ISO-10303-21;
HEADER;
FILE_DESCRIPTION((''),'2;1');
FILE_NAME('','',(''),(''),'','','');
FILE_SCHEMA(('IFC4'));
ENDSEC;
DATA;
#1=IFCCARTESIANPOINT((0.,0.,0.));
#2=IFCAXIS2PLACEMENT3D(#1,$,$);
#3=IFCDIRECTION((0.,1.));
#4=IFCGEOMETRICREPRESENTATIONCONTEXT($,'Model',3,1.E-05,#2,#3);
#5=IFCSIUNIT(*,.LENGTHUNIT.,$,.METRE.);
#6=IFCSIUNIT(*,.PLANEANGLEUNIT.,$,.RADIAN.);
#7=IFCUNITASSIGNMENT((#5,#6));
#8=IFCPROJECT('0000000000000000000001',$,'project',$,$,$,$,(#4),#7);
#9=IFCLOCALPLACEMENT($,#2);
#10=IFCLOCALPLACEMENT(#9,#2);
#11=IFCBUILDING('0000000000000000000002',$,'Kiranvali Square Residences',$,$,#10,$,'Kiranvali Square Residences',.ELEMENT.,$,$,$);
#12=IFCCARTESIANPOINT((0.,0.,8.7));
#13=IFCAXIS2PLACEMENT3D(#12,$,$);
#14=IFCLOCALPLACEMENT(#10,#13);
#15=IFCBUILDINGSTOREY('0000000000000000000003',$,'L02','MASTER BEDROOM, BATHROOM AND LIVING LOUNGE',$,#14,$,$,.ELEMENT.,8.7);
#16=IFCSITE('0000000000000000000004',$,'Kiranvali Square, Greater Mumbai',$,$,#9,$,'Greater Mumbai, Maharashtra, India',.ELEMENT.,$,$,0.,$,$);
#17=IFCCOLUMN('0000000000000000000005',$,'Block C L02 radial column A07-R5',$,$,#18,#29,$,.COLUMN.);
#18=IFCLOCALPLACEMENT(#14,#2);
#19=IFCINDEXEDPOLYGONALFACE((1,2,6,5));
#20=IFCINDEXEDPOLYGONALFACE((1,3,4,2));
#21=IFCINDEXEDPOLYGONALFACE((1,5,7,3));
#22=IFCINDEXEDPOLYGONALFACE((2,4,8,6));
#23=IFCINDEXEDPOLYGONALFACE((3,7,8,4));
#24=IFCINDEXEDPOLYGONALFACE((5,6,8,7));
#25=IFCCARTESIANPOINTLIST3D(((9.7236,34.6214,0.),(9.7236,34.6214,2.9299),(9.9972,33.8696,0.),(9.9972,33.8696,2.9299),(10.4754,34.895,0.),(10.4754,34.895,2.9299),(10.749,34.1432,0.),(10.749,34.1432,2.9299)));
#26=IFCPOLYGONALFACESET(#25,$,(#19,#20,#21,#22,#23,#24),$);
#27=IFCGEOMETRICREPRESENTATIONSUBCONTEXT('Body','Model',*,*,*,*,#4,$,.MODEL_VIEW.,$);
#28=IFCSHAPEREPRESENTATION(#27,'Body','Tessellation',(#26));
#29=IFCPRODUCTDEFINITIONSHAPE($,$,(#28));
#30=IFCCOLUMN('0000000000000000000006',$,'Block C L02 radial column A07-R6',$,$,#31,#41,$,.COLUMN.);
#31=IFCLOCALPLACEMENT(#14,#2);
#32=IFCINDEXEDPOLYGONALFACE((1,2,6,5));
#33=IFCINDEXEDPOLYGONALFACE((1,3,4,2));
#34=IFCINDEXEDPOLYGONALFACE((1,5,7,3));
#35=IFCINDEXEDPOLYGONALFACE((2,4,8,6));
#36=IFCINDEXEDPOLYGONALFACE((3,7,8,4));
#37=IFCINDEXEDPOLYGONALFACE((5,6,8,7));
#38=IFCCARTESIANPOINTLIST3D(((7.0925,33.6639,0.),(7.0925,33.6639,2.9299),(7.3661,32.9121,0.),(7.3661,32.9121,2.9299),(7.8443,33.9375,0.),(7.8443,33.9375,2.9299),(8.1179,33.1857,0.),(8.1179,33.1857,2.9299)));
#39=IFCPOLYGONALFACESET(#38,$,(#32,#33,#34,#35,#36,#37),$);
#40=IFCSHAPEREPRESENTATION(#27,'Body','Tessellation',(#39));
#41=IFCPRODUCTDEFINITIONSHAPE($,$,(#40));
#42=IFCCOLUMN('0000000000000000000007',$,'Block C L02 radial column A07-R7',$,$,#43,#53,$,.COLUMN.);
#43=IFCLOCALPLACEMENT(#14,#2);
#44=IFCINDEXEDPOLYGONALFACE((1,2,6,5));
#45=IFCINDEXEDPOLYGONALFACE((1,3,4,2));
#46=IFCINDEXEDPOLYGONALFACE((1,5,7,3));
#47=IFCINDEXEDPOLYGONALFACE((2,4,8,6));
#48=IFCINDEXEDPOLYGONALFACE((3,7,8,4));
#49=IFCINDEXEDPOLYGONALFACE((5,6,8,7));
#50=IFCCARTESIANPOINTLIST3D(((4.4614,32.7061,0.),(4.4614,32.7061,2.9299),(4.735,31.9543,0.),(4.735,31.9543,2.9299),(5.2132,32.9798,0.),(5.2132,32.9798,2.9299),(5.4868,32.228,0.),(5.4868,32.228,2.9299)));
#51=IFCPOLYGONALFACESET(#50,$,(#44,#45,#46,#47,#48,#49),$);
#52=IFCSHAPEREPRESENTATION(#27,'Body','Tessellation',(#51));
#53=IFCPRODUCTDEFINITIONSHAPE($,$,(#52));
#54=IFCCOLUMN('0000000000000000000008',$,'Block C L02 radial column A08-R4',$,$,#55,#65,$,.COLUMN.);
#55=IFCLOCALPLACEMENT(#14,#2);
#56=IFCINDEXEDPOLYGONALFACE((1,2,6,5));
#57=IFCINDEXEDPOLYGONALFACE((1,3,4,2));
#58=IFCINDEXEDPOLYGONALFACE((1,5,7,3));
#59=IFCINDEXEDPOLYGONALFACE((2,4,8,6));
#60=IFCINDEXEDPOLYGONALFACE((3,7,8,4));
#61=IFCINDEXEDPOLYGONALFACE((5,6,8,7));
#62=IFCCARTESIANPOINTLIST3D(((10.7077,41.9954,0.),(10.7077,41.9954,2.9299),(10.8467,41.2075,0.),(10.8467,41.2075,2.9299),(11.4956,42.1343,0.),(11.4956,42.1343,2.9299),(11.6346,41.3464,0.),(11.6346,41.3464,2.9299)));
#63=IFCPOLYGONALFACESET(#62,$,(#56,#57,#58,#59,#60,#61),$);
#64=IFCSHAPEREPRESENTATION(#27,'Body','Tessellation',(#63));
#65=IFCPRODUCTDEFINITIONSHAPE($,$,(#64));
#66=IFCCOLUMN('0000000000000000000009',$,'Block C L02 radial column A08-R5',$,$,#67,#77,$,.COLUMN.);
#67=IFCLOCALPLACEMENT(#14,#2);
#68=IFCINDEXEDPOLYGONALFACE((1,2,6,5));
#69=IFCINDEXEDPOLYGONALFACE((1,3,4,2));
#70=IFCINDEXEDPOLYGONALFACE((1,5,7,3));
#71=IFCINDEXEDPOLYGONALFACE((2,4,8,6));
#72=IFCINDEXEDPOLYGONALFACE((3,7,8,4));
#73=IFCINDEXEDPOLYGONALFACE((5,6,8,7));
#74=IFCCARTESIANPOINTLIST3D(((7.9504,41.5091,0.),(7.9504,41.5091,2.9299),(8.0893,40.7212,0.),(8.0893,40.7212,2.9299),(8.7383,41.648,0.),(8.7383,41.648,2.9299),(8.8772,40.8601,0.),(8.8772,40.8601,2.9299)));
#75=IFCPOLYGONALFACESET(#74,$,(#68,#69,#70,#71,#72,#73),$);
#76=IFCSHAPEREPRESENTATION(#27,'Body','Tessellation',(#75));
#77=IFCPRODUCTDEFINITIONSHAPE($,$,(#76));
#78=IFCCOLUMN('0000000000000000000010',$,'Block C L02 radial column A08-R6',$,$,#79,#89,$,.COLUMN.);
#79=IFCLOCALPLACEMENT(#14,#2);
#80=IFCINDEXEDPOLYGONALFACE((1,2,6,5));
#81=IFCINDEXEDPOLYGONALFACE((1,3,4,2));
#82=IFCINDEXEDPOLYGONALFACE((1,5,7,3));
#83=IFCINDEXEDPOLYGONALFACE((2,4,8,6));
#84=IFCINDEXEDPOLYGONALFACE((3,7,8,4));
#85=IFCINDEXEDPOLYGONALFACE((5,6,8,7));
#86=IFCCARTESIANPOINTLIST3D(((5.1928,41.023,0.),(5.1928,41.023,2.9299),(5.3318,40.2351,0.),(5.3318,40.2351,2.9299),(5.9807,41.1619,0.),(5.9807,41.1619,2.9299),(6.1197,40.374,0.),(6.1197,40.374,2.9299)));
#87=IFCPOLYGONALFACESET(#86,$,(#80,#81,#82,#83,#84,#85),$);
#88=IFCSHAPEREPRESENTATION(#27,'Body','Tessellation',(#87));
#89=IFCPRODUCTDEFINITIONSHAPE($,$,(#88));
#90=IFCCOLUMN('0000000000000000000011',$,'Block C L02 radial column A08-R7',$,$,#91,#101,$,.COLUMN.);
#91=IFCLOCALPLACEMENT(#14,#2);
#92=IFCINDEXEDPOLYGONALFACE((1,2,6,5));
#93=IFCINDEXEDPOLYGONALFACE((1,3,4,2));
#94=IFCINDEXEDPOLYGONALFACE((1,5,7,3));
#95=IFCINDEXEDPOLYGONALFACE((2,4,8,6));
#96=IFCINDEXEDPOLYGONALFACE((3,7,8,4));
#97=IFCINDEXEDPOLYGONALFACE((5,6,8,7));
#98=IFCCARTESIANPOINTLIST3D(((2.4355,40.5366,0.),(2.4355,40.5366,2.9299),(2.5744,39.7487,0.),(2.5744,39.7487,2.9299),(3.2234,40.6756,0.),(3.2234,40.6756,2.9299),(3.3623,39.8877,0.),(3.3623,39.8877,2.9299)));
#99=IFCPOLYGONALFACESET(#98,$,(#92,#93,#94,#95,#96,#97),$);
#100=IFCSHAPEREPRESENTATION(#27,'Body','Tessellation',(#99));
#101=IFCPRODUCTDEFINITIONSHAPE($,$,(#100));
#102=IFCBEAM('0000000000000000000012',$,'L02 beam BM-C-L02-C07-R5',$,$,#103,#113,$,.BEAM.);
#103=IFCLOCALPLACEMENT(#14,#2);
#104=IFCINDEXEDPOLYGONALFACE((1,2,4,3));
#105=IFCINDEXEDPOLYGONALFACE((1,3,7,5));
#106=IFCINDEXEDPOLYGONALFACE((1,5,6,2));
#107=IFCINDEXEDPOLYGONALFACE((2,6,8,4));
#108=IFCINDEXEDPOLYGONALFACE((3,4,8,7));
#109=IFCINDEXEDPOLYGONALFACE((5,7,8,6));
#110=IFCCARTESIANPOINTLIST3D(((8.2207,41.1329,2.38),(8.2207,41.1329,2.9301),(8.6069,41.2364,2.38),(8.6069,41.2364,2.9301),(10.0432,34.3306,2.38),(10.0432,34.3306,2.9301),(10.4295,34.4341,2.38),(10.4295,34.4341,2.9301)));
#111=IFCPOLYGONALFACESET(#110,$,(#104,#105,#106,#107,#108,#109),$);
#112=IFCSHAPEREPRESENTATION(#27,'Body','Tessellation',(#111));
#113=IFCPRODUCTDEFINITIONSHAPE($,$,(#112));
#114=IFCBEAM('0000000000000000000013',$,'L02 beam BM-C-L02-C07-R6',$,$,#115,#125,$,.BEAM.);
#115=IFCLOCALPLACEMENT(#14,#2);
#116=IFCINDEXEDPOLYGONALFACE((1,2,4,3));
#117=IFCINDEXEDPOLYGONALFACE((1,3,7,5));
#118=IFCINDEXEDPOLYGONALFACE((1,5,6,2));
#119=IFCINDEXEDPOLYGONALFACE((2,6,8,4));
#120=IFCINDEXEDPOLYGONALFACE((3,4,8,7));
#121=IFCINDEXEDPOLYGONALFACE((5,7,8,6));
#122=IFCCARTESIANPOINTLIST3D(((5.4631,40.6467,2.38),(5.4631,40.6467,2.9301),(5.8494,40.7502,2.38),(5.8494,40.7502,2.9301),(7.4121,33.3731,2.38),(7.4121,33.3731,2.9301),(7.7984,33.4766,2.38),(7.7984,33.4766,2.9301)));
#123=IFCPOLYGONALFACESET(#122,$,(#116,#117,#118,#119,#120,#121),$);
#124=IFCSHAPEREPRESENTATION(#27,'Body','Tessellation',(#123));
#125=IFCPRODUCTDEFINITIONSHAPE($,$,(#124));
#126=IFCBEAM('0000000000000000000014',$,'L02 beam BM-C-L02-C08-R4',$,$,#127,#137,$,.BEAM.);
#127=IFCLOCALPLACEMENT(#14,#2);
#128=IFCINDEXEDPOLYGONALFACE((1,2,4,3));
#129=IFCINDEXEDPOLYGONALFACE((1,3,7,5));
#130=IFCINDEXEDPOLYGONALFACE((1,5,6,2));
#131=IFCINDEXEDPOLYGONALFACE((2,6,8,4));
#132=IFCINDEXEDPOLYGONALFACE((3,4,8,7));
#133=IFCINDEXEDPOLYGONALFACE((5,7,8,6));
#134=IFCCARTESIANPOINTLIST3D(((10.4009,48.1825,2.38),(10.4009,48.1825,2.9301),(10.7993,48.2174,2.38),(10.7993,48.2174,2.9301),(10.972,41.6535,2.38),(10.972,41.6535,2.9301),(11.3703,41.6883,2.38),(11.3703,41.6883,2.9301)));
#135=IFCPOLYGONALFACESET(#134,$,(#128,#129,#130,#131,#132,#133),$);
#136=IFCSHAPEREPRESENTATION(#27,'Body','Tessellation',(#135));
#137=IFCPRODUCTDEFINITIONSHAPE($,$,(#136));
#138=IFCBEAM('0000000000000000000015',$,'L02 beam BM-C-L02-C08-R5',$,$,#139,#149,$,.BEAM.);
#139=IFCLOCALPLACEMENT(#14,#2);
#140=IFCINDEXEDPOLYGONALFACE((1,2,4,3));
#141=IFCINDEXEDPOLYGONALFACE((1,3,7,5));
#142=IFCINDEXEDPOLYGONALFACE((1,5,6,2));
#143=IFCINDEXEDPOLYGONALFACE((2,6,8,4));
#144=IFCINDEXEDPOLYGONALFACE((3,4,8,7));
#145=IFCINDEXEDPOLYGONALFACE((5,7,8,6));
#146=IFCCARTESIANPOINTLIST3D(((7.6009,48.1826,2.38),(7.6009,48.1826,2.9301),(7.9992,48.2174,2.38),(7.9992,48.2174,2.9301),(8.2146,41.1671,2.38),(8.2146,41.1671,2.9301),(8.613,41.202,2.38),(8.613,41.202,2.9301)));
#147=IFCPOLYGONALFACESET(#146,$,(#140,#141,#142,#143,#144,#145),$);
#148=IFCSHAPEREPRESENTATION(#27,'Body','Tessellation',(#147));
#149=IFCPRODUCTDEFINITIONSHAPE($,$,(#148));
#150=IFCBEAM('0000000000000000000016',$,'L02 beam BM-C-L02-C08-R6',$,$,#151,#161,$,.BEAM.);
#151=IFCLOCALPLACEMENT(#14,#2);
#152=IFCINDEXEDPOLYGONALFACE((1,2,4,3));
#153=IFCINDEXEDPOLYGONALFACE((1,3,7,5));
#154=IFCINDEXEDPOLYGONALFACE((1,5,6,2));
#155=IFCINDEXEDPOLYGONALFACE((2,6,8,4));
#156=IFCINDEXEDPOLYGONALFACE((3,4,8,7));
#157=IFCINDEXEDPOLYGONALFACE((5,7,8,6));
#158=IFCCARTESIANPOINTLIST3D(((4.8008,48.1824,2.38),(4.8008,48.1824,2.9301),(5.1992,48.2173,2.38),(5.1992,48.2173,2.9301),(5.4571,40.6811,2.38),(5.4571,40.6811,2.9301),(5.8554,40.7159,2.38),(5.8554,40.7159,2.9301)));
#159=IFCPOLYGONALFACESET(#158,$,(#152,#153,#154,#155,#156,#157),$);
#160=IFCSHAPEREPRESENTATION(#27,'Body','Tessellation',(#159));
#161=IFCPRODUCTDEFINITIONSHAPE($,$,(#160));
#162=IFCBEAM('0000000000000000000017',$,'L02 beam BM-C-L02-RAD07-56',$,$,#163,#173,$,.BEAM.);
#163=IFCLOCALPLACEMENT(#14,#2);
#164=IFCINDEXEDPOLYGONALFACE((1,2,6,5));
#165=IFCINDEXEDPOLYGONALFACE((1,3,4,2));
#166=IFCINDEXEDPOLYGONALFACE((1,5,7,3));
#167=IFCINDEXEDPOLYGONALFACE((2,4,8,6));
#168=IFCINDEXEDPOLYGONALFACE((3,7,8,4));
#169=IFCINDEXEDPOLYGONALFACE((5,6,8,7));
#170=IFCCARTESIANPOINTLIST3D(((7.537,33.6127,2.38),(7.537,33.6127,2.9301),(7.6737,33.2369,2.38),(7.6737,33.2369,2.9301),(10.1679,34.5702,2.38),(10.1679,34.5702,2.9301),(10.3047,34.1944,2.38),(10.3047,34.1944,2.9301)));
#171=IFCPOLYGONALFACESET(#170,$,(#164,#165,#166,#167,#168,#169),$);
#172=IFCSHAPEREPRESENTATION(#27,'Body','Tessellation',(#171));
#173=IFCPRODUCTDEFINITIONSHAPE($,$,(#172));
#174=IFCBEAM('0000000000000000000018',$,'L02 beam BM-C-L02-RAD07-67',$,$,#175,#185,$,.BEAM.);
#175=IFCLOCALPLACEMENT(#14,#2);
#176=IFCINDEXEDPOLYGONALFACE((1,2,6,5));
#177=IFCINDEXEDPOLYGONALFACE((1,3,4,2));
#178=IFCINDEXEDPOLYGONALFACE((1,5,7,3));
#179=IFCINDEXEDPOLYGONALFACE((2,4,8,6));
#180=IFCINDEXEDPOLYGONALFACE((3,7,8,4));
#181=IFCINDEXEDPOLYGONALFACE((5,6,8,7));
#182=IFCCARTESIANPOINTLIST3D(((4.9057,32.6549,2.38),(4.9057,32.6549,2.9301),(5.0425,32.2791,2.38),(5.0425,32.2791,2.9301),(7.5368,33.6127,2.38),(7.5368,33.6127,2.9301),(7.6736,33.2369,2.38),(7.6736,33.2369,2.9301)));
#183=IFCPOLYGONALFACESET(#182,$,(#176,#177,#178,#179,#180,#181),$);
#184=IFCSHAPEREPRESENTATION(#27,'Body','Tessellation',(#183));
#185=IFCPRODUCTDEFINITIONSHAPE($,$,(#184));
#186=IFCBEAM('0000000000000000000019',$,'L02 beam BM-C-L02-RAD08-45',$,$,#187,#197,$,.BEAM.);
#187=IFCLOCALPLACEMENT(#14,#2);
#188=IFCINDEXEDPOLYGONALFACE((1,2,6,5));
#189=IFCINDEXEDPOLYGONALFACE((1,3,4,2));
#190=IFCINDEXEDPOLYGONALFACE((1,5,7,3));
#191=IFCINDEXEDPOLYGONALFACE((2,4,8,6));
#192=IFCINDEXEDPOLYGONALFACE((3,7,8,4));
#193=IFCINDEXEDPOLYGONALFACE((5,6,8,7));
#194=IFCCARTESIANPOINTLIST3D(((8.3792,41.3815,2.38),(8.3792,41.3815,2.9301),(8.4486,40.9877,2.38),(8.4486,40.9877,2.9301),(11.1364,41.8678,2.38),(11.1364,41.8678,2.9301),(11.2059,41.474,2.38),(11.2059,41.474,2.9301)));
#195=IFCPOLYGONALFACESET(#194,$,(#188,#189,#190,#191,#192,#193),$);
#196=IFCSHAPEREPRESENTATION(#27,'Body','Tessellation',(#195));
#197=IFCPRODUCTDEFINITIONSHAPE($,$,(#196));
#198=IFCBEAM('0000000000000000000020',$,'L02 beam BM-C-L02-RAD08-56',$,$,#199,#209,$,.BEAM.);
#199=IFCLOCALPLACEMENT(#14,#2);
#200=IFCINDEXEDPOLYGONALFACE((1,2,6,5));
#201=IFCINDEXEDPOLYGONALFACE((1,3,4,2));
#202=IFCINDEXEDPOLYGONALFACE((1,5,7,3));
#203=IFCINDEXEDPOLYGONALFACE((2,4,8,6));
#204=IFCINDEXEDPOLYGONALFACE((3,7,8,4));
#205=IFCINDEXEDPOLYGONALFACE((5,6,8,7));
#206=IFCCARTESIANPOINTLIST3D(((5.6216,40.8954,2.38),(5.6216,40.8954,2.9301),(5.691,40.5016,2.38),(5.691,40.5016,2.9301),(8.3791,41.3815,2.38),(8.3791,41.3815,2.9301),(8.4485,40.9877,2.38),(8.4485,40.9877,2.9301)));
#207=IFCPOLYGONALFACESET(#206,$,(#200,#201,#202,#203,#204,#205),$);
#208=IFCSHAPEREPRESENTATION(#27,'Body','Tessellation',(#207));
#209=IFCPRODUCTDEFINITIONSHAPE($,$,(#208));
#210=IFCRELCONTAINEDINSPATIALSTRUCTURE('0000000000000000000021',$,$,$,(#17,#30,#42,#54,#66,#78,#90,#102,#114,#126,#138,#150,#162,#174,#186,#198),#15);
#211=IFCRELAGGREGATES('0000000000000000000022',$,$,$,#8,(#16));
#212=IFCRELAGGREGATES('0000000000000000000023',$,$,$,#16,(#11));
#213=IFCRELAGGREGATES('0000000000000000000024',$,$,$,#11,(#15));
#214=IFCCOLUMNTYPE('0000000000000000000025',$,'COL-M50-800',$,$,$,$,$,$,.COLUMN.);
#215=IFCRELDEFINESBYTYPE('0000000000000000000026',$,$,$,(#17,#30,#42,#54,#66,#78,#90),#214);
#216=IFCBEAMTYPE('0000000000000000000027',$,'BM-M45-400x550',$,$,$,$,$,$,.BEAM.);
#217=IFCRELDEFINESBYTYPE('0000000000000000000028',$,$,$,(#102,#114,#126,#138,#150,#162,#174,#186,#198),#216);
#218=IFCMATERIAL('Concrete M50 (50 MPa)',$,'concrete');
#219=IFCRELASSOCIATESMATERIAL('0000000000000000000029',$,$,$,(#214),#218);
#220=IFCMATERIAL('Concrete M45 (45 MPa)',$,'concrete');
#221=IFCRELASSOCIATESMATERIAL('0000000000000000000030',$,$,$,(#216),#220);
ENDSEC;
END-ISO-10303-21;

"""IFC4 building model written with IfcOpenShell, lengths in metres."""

from ifc_helpers import new_model, si_unit, direction, frame, origin, origin_2d, place, context, subcontext, project, spatial, rectangle, extrude, material, material_profile, profile_set, type_object, element, save


model = new_model("IFC4")

# Units and contexts
model_context = context("Model", 3, precision=1e-05, world=origin(), true_north=direction((0.0, 1.0)))
body_context = subcontext(model_context, "Body", "Model", "MODEL_VIEW")
ifc_project = project(units=[si_unit("LENGTHUNIT", "METRE"), si_unit("PLANEANGLEUNIT", "RADIAN")], contexts=[model_context])

# Site, building, storey
site_placement = place(None, origin())
site = spatial("IfcSite", under=ifc_project, at=site_placement, Name="Kiranvali Square, Greater Mumbai", LongName="Greater Mumbai, Maharashtra, India", CompositionType="ELEMENT", RefElevation=0.0)
building_placement = place(site_placement, origin())
building = spatial("IfcBuilding", under=site, at=building_placement, Name="Kiranvali Square Residences", LongName="Kiranvali Square Residences", CompositionType="ELEMENT")
storey_placement = place(building_placement, frame((0.0, 0.0, 8.7)))
storey = spatial("IfcBuildingStorey", under=building, at=storey_placement, Name="L02", Description="MASTER BEDROOM, BATHROOM AND LIVING LOUNGE", CompositionType="ELEMENT", Elevation=8.7)

# Columns
ifc_material_1 = material(Name="Concrete M50 (50 MPa)", Category="concrete")
ifc_material_profile_1 = material_profile(ifc_material_1, rectangle(XDim=0.8, YDim=0.8, at=origin_2d()), Name="RC 800x800")
ifc_profile_set_1 = profile_set([ifc_material_profile_1], Name="Concrete M50 (50 MPa)")
column_type = type_object("IfcColumnType", Name="COL-M50-800", PredefinedType="COLUMN", material=ifc_profile_set_1)
for number, where, z_axis, x_axis, name in (
    (1, (10.2363, 34.3823, 0.0), (0.0, 0.0, 1.0), (-0.34202, 0.939693, 0.0), "Block C L02 radial column A07-R5"),
    (2, (7.6052, 33.4248, 0.0), (0.0, 0.0, 1.0), (-0.34202, 0.939693, 0.0), "Block C L02 radial column A07-R6"),
    (3, (4.9741, 32.467, 0.0), (0.0, 0.0, 1.0), (-0.34202, 0.939693, 0.0), "Block C L02 radial column A07-R7"),
    (4, (11.1711, 41.6709, 0.0), (0.0, 0.0, 1.0), (-0.173648, 0.984808, 0.0), "Block C L02 radial column A08-R4"),
    (5, (8.4138, 41.1846, 0.0), (0.0, 0.0, 1.0), (-0.173648, 0.984808, 0.0), "Block C L02 radial column A08-R5"),
    (6, (5.6562, 40.6985, 0.0), (0.0, 0.0, 1.0), (-0.173648, 0.984808, 0.0), "Block C L02 radial column A08-R6"),
    (7, (2.8989, 40.2122, 0.0), (0.0, 0.0, 1.0), (-0.173648, 0.984808, 0.0), "Block C L02 radial column A08-R7"),
):
    element("IfcColumn", number, at=place(storey_placement, frame(where, z_axis=z_axis, x_axis=x_axis)), inside=storey, type_object=column_type, Name=name, PredefinedType="COLUMN", context=body_context, shape_type="SweptSolid", body=[
        extrude(rectangle(XDim=0.8, YDim=0.8, at=origin_2d()), origin(), (0.0, 0.0, 1.0), 2.9299),
    ])

# Beams
ifc_material_2 = material(Name="Concrete M45 (45 MPa)", Category="concrete")
ifc_material_profile_2 = material_profile(ifc_material_2, rectangle(XDim=0.3999, YDim=0.55, at=origin_2d()), Name="RC 400x550")
ifc_profile_set_2 = profile_set([ifc_material_profile_2], Name="Concrete M45 (45 MPa)")
beam_type_1 = type_object("IfcBeamType", Name="BM-M45-400x550", PredefinedType="BEAM", material=ifc_profile_set_2)
beam_1_placement = place(storey_placement, frame((10.2363, 34.3823, 2.655), z_axis=(-0.2588, 0.965931, 0.0), x_axis=(-0.965931, -0.2588, 0.0)))
element("IfcBeam", 8, at=beam_1_placement, inside=storey, type_object=beam_type_1, Name="L02 beam BM-C-L02-C07-R5", PredefinedType="BEAM", context=body_context, shape_type="SweptSolid", body=[
    extrude(rectangle(XDim=0.3999, YDim=0.55, at=origin_2d()), origin(), (0.0, 0.0, 1.0), 7.0422),
])
beam_2_placement = place(storey_placement, frame((7.6052, 33.4248, 2.655), z_axis=(-0.258819, 0.965926, 0.0), x_axis=(-0.965926, -0.258819, 0.0)))
element("IfcBeam", 9, at=beam_2_placement, inside=storey, type_object=beam_type_1, Name="L02 beam BM-C-L02-C07-R6", PredefinedType="BEAM", context=body_context, shape_type="SweptSolid", body=[
    extrude(rectangle(XDim=0.3999, YDim=0.55, at=origin_2d()), origin(), (0.0, 0.0, 1.0), 7.5303),
])
beam_3_placement = place(storey_placement, frame((11.1711, 41.6709, 2.655), z_axis=(-0.08713, 0.996197, 0.0), x_axis=(-0.996197, -0.08713, 0.0)))
element("IfcBeam", 10, at=beam_3_placement, inside=storey, type_object=beam_type_1, Name="L02 beam BM-C-L02-C08-R4", PredefinedType="BEAM", context=body_context, shape_type="SweptSolid", body=[
    extrude(rectangle(XDim=0.3999, YDim=0.55, at=origin_2d()), origin(), (0.0, 0.0, 1.0), 6.554),
])
beam_4_placement = place(storey_placement, frame((8.4138, 41.1846, 2.655), z_axis=(-0.087156, 0.996195, 0.0), x_axis=(-0.996195, -0.087156, 0.0)))
element("IfcBeam", 11, at=beam_4_placement, inside=storey, type_object=beam_type_1, Name="L02 beam BM-C-L02-C08-R5", PredefinedType="BEAM", context=body_context, shape_type="SweptSolid", body=[
    extrude(rectangle(XDim=0.3999, YDim=0.55, at=origin_2d()), origin(), (0.0, 0.0, 1.0), 7.0422),
])
beam_5_placement = place(storey_placement, frame((5.6562, 40.6985, 2.655), z_axis=(-0.08715, 0.996195, 0.0), x_axis=(-0.996195, -0.08715, 0.0)))
element("IfcBeam", 12, at=beam_5_placement, inside=storey, type_object=beam_type_1, Name="L02 beam BM-C-L02-C08-R6", PredefinedType="BEAM", context=body_context, shape_type="SweptSolid", body=[
    extrude(rectangle(XDim=0.3999, YDim=0.55, at=origin_2d()), origin(), (0.0, 0.0, 1.0), 7.53),
])
beam_6_placement = place(storey_placement, frame((10.2363, 34.3823, 2.655), z_axis=(-0.939707, -0.341981, 0.0), x_axis=(0.341981, -0.939707, 0.0)))
element("IfcBeam", 13, at=beam_6_placement, inside=storey, type_object=beam_type_1, Name="L02 beam BM-C-L02-RAD07-56", PredefinedType="BEAM", context=body_context, shape_type="SweptSolid", body=[
    extrude(rectangle(XDim=0.3999, YDim=0.55, at=origin_2d()), origin(), (0.0, 0.0, 1.0), 2.7998),
])
beam_7_placement = place(storey_placement, frame((7.6052, 33.4248, 2.655), z_axis=(-0.939679, -0.342058, 0.0), x_axis=(0.342058, -0.939679, 0.0)))
element("IfcBeam", 14, at=beam_7_placement, inside=storey, type_object=beam_type_1, Name="L02 beam BM-C-L02-RAD07-67", PredefinedType="BEAM", context=body_context, shape_type="SweptSolid", body=[
    extrude(rectangle(XDim=0.3999, YDim=0.55, at=origin_2d()), origin(), (0.0, 0.0, 1.0), 2.8),
])
beam_8_placement = place(storey_placement, frame((11.1711, 41.6709, 2.655), z_axis=(-0.984799, -0.173696, 0.0), x_axis=(0.173696, -0.984799, 0.0)))
element("IfcBeam", 15, at=beam_8_placement, inside=storey, type_object=beam_type_1, Name="L02 beam BM-C-L02-RAD08-45", PredefinedType="BEAM", context=body_context, shape_type="SweptSolid", body=[
    extrude(rectangle(XDim=0.3999, YDim=0.55, at=origin_2d()), origin(), (0.0, 0.0, 1.0), 2.7998),
])
beam_9_placement = place(storey_placement, frame((8.4138, 41.1846, 2.655), z_axis=(-0.984817, -0.173596, 0.0), x_axis=(0.173596, -0.984817, 0.0)))
element("IfcBeam", 16, at=beam_9_placement, inside=storey, type_object=beam_type_1, Name="L02 beam BM-C-L02-RAD08-56", PredefinedType="BEAM", context=body_context, shape_type="SweptSolid", body=[
    extrude(rectangle(XDim=0.3999, YDim=0.55, at=origin_2d()), origin(), (0.0, 0.0, 1.0), 2.8),
])

save(model, "model.ifc")
